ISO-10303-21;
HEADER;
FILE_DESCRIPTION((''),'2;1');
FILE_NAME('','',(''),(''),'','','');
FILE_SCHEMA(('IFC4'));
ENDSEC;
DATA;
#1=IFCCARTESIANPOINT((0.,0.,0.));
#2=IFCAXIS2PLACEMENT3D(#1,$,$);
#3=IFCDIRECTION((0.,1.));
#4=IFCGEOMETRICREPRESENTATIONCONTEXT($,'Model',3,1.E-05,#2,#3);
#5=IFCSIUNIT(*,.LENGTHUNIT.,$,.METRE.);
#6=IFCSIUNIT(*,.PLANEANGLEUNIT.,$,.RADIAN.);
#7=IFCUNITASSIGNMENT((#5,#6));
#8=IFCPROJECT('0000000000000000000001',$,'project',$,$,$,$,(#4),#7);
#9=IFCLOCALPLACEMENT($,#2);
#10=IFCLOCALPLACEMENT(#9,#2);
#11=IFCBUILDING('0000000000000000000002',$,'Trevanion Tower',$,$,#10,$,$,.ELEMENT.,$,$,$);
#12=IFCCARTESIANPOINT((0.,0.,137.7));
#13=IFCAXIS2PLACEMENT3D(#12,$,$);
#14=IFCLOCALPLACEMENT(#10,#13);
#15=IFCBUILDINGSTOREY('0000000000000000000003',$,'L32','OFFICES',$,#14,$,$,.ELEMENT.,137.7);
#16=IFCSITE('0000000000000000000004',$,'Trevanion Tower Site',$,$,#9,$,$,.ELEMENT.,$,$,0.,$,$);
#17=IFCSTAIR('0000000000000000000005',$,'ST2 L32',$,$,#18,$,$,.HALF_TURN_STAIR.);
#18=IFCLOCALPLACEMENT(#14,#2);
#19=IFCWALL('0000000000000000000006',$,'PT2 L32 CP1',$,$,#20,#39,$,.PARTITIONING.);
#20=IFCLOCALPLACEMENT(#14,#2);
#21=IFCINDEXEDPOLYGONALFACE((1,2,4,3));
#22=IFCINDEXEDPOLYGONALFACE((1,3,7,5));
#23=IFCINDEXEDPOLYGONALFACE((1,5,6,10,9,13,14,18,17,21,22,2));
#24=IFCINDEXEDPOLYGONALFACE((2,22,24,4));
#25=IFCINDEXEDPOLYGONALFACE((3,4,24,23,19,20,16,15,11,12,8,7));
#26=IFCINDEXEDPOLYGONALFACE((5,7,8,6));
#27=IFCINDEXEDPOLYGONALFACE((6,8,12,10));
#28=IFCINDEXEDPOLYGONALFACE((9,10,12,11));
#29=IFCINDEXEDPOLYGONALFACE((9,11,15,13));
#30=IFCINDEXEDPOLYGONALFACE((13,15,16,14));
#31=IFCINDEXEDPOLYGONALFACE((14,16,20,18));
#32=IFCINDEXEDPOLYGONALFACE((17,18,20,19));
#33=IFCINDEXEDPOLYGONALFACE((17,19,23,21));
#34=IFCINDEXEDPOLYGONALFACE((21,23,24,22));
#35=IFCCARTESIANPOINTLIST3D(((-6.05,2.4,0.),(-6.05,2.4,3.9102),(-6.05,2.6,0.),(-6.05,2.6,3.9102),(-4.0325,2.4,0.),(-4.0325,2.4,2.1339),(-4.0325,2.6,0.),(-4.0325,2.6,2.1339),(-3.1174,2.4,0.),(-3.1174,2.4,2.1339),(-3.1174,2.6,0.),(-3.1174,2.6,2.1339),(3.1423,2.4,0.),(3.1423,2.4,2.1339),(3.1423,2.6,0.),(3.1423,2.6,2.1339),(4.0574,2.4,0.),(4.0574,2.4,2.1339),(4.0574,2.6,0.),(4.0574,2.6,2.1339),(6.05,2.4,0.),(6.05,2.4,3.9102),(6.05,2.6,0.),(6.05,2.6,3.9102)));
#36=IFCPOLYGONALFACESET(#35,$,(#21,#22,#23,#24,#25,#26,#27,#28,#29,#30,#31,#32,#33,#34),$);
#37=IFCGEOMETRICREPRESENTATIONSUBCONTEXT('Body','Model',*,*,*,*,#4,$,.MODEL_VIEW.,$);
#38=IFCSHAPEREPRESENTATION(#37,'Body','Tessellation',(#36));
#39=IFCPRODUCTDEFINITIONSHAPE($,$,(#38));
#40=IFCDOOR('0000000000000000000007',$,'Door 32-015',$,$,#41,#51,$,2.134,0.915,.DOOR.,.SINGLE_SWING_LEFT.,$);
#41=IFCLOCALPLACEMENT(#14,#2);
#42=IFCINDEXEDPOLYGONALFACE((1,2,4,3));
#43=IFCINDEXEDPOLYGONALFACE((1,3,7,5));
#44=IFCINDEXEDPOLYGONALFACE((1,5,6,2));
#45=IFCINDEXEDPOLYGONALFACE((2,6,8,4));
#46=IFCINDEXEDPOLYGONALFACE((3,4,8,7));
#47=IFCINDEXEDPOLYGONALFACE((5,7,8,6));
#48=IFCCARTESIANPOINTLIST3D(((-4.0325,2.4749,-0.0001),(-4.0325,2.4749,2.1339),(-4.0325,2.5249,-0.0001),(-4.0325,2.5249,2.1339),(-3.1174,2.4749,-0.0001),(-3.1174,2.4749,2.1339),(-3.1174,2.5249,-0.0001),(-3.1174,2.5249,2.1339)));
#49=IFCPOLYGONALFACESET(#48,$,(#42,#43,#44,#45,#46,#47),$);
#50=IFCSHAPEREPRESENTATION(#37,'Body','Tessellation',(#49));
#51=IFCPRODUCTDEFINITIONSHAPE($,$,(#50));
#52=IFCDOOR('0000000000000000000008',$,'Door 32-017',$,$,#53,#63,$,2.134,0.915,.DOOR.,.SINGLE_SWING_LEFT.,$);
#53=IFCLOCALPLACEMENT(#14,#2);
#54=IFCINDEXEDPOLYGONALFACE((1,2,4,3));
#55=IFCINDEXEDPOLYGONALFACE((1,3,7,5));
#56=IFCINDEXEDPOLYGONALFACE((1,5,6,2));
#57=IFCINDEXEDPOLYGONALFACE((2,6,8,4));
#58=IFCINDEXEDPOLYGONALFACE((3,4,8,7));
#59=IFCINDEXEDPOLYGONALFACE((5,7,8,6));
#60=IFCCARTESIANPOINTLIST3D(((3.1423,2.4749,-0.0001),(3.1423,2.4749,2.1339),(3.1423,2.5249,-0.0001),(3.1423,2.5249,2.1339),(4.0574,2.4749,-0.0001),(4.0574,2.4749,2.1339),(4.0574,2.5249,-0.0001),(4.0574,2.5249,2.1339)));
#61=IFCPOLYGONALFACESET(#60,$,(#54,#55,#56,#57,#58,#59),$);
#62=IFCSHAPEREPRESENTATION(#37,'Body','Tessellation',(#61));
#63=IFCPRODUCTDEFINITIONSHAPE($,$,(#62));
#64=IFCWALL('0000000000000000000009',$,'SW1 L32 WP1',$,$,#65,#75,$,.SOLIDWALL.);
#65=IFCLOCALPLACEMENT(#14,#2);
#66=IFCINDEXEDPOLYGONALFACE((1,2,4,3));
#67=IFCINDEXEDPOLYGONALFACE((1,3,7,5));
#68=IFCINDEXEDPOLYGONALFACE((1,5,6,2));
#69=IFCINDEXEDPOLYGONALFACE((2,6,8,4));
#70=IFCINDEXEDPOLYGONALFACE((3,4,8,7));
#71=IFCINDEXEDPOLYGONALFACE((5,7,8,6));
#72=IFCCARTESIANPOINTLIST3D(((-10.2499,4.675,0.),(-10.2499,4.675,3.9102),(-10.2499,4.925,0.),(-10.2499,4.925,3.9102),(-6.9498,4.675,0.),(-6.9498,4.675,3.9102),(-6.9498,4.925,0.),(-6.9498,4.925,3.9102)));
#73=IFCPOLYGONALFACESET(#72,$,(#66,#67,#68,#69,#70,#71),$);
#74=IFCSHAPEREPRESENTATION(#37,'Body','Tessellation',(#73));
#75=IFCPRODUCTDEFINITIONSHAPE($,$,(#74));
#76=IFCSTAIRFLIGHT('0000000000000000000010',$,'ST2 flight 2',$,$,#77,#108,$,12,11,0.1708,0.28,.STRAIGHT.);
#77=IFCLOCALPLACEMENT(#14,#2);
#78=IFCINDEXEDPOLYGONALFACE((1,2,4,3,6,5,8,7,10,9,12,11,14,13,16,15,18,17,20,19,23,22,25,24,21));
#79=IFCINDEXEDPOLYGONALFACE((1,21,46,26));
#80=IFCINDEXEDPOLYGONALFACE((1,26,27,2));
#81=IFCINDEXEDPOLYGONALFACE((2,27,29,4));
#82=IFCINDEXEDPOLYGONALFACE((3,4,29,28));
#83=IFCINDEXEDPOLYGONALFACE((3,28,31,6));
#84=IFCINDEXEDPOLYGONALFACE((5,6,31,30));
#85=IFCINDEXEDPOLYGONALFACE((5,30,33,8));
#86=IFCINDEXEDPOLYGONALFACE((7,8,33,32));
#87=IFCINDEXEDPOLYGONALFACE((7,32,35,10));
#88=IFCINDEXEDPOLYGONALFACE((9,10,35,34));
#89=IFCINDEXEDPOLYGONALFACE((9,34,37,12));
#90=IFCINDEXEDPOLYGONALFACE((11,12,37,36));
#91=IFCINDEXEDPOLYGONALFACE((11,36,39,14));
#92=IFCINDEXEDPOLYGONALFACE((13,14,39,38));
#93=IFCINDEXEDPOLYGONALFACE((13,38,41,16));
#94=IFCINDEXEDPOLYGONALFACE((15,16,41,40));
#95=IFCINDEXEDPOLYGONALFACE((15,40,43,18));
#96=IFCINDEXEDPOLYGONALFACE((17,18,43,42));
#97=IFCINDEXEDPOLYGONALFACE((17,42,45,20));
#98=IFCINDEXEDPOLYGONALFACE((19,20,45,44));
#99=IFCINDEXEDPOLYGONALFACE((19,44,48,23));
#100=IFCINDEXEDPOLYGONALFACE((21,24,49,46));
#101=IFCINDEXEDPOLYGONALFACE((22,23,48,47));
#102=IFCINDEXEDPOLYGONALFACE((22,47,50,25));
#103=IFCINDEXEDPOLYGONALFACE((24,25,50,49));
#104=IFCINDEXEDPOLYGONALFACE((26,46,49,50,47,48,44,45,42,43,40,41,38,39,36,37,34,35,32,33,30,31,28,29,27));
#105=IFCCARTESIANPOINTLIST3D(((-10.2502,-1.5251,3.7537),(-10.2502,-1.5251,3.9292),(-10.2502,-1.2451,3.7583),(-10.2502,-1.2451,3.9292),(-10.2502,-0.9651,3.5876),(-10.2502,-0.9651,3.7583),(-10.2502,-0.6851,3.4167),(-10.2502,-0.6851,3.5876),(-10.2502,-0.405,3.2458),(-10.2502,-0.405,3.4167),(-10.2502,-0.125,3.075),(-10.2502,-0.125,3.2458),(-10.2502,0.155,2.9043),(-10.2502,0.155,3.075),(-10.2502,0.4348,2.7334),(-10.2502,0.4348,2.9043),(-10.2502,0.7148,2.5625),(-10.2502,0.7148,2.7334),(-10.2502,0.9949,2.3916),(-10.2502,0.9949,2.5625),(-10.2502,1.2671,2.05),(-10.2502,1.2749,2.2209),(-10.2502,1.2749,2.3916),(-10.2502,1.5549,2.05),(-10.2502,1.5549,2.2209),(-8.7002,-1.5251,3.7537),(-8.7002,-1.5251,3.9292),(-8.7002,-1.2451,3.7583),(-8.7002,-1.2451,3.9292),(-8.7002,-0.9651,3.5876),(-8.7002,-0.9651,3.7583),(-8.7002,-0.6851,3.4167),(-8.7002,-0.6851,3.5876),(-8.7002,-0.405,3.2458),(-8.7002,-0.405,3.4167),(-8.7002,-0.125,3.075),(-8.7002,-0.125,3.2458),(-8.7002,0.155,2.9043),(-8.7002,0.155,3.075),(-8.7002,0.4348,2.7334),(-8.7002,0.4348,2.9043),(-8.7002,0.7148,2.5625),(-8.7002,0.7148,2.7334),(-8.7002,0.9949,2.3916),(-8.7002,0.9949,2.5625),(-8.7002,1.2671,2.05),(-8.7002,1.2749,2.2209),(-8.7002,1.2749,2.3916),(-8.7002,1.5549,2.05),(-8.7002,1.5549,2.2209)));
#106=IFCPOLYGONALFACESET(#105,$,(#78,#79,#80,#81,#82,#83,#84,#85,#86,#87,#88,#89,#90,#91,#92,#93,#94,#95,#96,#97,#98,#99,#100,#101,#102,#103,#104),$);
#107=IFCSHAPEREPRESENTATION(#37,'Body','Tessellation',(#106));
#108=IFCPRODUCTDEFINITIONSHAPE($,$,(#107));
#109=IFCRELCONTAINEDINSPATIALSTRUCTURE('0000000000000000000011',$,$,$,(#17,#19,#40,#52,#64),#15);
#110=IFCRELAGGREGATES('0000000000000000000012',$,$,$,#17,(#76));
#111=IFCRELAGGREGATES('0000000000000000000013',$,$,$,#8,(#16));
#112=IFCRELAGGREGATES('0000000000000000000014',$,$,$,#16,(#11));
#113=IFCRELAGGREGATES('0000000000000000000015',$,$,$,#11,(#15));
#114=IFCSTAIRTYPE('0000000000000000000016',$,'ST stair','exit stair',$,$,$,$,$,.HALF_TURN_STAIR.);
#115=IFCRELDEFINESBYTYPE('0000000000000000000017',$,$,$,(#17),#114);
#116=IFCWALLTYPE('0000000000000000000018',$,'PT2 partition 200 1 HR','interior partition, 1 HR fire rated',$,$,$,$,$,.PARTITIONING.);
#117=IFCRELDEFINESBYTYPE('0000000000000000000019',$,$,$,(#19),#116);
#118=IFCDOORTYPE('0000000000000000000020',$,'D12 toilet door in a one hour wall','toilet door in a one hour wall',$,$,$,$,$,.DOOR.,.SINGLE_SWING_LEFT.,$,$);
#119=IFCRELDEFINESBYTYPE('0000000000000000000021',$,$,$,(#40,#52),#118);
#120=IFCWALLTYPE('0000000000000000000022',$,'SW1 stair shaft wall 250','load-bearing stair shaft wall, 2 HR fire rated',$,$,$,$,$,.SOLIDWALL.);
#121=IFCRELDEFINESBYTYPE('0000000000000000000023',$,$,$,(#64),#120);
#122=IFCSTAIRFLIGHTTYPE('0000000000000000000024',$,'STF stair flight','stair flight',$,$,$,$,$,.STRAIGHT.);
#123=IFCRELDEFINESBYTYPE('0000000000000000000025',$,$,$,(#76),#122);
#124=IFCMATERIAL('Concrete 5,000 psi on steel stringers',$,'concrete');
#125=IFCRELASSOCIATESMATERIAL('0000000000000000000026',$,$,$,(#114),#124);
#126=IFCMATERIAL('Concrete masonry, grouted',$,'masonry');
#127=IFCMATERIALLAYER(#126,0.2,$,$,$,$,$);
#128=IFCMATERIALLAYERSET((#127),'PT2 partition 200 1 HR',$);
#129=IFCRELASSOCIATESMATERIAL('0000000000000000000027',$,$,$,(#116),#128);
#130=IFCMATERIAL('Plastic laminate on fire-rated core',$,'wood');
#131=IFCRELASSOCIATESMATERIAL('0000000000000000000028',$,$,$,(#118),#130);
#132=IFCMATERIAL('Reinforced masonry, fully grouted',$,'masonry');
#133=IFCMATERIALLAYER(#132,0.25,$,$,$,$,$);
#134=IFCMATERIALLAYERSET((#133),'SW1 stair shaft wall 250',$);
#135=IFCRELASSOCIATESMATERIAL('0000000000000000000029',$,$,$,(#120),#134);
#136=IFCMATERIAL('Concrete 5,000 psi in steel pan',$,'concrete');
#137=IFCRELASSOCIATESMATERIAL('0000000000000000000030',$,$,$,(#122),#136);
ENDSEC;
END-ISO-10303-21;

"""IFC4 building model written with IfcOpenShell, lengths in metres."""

from ifc_helpers import new_model, si_unit, direction, frame, frame_2d, origin, place, context, subcontext, project, spatial, polyline, rectangle, outline, extrude, material, layer, layer_set, type_object, element, fill, aggregate, save


model = new_model("IFC4")

# Units and contexts
model_context = context("Model", 3, precision=1e-05, world=origin(), true_north=direction((0.0, 1.0)))
body_context = subcontext(model_context, "Body", "Model", "MODEL_VIEW")
ifc_project = project(units=[si_unit("LENGTHUNIT", "METRE"), si_unit("PLANEANGLEUNIT", "RADIAN")], contexts=[model_context])

# Site, building, storey
site_placement = place(None, origin())
site = spatial("IfcSite", under=ifc_project, at=site_placement, Name="Trevanion Tower Site", CompositionType="ELEMENT", RefElevation=0.0)
building_placement = place(site_placement, origin())
building = spatial("IfcBuilding", under=site, at=building_placement, Name="Trevanion Tower", CompositionType="ELEMENT")
storey_placement = place(building_placement, frame((0.0, 0.0, 137.7)))
storey = spatial("IfcBuildingStorey", under=building, at=storey_placement, Name="L32", Description="OFFICES", CompositionType="ELEMENT", Elevation=137.7)

# Shared definitions
ifc_material_1 = material(Name="Concrete 5,000 psi on steel stringers", Category="concrete")
stair_type = type_object("IfcStairType", Name="ST stair", Description="exit stair", PredefinedType="HALF_TURN_STAIR", material=ifc_material_1)

# Stair
stair_1_placement = place(storey_placement, origin())
stair_1 = element("IfcStair", 1, at=stair_1_placement, inside=storey, type_object=stair_type, Name="ST2 L32", PredefinedType="HALF_TURN_STAIR")

# Wall, openings, doors
ifc_material_2 = material(Name="Concrete masonry, grouted", Category="masonry")
ifc_layer_1 = layer(ifc_material_2, 0.2)
ifc_layer_set_1 = layer_set([ifc_layer_1], Name="PT2 partition 200 1 HR")
wall_type_1 = type_object("IfcWallType", Name="PT2 partition 200 1 HR", Description="interior partition, 1 HR fire rated", PredefinedType="PARTITIONING", material=ifc_layer_set_1)
wall_1_placement = place(storey_placement, frame((-6.05, 2.5, 0.0), z_axis=(0.0, 0.0, 1.0), x_axis=(1.0, 0.0, 0.0)))
wall_1 = element("IfcWall", 2, at=wall_1_placement, inside=storey, type_object=wall_type_1, Name="PT2 L32 CP1", PredefinedType="PARTITIONING", context=body_context, shape_type="SweptSolid", body=[
    extrude(rectangle(XDim=12.1001, YDim=0.2, at=frame_2d((6.05, 0.0))), origin(), (0.0, 0.0, 1.0), 3.9102),
])
opening_1_placement = place(wall_1_placement, frame((2.0176, 0.0, 0.0)))
opening_1 = element("IfcOpeningElement", 3, at=opening_1_placement, cuts=wall_1, PredefinedType="OPENING", context=body_context, shape_type="SweptSolid", body=[
    extrude(rectangle(XDim=0.915, YDim=2.134, at=frame_2d((0.4575, 1.0669))), frame((0.0, 0.1099, 0.0), z_axis=(0.0, -1.0, 0.0), x_axis=(1.0, 0.0, 0.0)), (0.0, 0.0, 1.0), 0.22),
])
opening_2_placement = place(wall_1_placement, frame((9.1924, 0.0, 0.0)))
opening_2 = element("IfcOpeningElement", 4, at=opening_2_placement, cuts=wall_1, PredefinedType="OPENING", context=body_context, shape_type="SweptSolid", body=[
    extrude(rectangle(XDim=0.915, YDim=2.134, at=frame_2d((0.4575, 1.0669))), frame((0.0, 0.1099, 0.0), z_axis=(0.0, -1.0, 0.0), x_axis=(1.0, 0.0, 0.0)), (0.0, 0.0, 1.0), 0.22),
])
ifc_material_3 = material(Name="Plastic laminate on fire-rated core", Category="wood")
door_type = type_object("IfcDoorType", Name="D12 toilet door in a one hour wall", Description="toilet door in a one hour wall", OperationType="SINGLE_SWING_LEFT", PredefinedType="DOOR", material=ifc_material_3)
door_1_placement = place(opening_1_placement, origin())
door_1 = element("IfcDoor", 5, at=door_1_placement, inside=storey, type_object=door_type, Name="Door 32-015", OperationType="SINGLE_SWING_LEFT", OverallHeight=2.134, OverallWidth=0.915, PredefinedType="DOOR", context=body_context, shape_type="SweptSolid", body=[
    extrude(rectangle(XDim=0.915, YDim=2.134, at=frame_2d((0.4575, 1.0669))), frame((0.0, 0.0249, 0.0), z_axis=(0.0, -1.0, 0.0), x_axis=(1.0, 0.0, 0.0)), (0.0, 0.0, 1.0), 0.05),
])
fill(opening_1, door_1)
door_2_placement = place(opening_2_placement, origin())
door_2 = element("IfcDoor", 6, at=door_2_placement, inside=storey, type_object=door_type, Name="Door 32-017", OperationType="SINGLE_SWING_LEFT", OverallHeight=2.134, OverallWidth=0.915, PredefinedType="DOOR", context=body_context, shape_type="SweptSolid", body=[
    extrude(rectangle(XDim=0.915, YDim=2.134, at=frame_2d((0.4575, 1.0669))), frame((0.0, 0.0249, 0.0), z_axis=(0.0, -1.0, 0.0), x_axis=(1.0, 0.0, 0.0)), (0.0, 0.0, 1.0), 0.05),
])
fill(opening_2, door_2)

# Wall
ifc_material_4 = material(Name="Reinforced masonry, fully grouted", Category="masonry")
ifc_layer_2 = layer(ifc_material_4, 0.25)
ifc_layer_set_2 = layer_set([ifc_layer_2], Name="SW1 stair shaft wall 250")
wall_type_2 = type_object("IfcWallType", Name="SW1 stair shaft wall 250", Description="load-bearing stair shaft wall, 2 HR fire rated", PredefinedType="SOLIDWALL", material=ifc_layer_set_2)
wall_2_placement = place(storey_placement, frame((-6.95, 4.8, 0.0), z_axis=(0.0, 0.0, 1.0), x_axis=(-1.0, 0.0, 0.0)))
element("IfcWall", 7, at=wall_2_placement, inside=storey, type_object=wall_type_2, Name="SW1 L32 WP1", PredefinedType="SOLIDWALL", context=body_context, shape_type="SweptSolid", body=[
    extrude(rectangle(XDim=3.3, YDim=0.25, at=frame_2d((1.6499, 0.0))), origin(), (0.0, 0.0, 1.0), 3.9102),
])

# Stair flight
ifc_material_5 = material(Name="Concrete 5,000 psi in steel pan", Category="concrete")
stair_flight_type = type_object("IfcStairFlightType", Name="STF stair flight", Description="stair flight", PredefinedType="STRAIGHT", material=ifc_material_5)
stair_flight_placement = place(storey_placement, frame((-9.4751, 1.5549, 2.05), z_axis=(0.0, 0.0, 1.0), x_axis=(0.0, -1.0, 0.0)))
stair_flight = element("IfcStairFlight", 8, at=stair_flight_placement, type_object=stair_flight_type, Name="ST2 flight 2", NumberOfRisers=12, NumberOfTreads=11, PredefinedType="STRAIGHT", RiserHeight=0.1708, TreadLength=0.28, context=body_context, shape_type="SweptSolid", body=[
    extrude(outline(polyline([(0.0, 0.0), (0.0, 0.1709), (0.28, 0.1709), (0.28, 0.3416), (0.5601, 0.3416), (0.5601, 0.5125), (0.8401, 0.5125), (0.8401, 0.6833), (1.1201, 0.6833), (1.1201, 0.8542), (1.3999, 0.8542), (1.3999, 1.0249), (1.6799, 1.0249), (1.6799, 1.1958), (1.96, 1.1958), (1.96, 1.3667), (2.24, 1.3667), (2.24, 1.5376), (2.52, 1.5376), (2.52, 1.7083), (2.8, 1.7083), (2.8, 1.8792), (3.0801, 1.8792), (3.0801, 2.05), (3.0801, 1.7036), (0.2878, 0.0), (0.0, 0.0)])), frame((0.0, 0.7749, 0.0), z_axis=(0.0, -1.0, 0.0), x_axis=(1.0, 0.0, 0.0)), (0.0, 0.0, 1.0), 1.55),
])
aggregate(stair_1, [stair_flight])

save(model, "model.ifc")
